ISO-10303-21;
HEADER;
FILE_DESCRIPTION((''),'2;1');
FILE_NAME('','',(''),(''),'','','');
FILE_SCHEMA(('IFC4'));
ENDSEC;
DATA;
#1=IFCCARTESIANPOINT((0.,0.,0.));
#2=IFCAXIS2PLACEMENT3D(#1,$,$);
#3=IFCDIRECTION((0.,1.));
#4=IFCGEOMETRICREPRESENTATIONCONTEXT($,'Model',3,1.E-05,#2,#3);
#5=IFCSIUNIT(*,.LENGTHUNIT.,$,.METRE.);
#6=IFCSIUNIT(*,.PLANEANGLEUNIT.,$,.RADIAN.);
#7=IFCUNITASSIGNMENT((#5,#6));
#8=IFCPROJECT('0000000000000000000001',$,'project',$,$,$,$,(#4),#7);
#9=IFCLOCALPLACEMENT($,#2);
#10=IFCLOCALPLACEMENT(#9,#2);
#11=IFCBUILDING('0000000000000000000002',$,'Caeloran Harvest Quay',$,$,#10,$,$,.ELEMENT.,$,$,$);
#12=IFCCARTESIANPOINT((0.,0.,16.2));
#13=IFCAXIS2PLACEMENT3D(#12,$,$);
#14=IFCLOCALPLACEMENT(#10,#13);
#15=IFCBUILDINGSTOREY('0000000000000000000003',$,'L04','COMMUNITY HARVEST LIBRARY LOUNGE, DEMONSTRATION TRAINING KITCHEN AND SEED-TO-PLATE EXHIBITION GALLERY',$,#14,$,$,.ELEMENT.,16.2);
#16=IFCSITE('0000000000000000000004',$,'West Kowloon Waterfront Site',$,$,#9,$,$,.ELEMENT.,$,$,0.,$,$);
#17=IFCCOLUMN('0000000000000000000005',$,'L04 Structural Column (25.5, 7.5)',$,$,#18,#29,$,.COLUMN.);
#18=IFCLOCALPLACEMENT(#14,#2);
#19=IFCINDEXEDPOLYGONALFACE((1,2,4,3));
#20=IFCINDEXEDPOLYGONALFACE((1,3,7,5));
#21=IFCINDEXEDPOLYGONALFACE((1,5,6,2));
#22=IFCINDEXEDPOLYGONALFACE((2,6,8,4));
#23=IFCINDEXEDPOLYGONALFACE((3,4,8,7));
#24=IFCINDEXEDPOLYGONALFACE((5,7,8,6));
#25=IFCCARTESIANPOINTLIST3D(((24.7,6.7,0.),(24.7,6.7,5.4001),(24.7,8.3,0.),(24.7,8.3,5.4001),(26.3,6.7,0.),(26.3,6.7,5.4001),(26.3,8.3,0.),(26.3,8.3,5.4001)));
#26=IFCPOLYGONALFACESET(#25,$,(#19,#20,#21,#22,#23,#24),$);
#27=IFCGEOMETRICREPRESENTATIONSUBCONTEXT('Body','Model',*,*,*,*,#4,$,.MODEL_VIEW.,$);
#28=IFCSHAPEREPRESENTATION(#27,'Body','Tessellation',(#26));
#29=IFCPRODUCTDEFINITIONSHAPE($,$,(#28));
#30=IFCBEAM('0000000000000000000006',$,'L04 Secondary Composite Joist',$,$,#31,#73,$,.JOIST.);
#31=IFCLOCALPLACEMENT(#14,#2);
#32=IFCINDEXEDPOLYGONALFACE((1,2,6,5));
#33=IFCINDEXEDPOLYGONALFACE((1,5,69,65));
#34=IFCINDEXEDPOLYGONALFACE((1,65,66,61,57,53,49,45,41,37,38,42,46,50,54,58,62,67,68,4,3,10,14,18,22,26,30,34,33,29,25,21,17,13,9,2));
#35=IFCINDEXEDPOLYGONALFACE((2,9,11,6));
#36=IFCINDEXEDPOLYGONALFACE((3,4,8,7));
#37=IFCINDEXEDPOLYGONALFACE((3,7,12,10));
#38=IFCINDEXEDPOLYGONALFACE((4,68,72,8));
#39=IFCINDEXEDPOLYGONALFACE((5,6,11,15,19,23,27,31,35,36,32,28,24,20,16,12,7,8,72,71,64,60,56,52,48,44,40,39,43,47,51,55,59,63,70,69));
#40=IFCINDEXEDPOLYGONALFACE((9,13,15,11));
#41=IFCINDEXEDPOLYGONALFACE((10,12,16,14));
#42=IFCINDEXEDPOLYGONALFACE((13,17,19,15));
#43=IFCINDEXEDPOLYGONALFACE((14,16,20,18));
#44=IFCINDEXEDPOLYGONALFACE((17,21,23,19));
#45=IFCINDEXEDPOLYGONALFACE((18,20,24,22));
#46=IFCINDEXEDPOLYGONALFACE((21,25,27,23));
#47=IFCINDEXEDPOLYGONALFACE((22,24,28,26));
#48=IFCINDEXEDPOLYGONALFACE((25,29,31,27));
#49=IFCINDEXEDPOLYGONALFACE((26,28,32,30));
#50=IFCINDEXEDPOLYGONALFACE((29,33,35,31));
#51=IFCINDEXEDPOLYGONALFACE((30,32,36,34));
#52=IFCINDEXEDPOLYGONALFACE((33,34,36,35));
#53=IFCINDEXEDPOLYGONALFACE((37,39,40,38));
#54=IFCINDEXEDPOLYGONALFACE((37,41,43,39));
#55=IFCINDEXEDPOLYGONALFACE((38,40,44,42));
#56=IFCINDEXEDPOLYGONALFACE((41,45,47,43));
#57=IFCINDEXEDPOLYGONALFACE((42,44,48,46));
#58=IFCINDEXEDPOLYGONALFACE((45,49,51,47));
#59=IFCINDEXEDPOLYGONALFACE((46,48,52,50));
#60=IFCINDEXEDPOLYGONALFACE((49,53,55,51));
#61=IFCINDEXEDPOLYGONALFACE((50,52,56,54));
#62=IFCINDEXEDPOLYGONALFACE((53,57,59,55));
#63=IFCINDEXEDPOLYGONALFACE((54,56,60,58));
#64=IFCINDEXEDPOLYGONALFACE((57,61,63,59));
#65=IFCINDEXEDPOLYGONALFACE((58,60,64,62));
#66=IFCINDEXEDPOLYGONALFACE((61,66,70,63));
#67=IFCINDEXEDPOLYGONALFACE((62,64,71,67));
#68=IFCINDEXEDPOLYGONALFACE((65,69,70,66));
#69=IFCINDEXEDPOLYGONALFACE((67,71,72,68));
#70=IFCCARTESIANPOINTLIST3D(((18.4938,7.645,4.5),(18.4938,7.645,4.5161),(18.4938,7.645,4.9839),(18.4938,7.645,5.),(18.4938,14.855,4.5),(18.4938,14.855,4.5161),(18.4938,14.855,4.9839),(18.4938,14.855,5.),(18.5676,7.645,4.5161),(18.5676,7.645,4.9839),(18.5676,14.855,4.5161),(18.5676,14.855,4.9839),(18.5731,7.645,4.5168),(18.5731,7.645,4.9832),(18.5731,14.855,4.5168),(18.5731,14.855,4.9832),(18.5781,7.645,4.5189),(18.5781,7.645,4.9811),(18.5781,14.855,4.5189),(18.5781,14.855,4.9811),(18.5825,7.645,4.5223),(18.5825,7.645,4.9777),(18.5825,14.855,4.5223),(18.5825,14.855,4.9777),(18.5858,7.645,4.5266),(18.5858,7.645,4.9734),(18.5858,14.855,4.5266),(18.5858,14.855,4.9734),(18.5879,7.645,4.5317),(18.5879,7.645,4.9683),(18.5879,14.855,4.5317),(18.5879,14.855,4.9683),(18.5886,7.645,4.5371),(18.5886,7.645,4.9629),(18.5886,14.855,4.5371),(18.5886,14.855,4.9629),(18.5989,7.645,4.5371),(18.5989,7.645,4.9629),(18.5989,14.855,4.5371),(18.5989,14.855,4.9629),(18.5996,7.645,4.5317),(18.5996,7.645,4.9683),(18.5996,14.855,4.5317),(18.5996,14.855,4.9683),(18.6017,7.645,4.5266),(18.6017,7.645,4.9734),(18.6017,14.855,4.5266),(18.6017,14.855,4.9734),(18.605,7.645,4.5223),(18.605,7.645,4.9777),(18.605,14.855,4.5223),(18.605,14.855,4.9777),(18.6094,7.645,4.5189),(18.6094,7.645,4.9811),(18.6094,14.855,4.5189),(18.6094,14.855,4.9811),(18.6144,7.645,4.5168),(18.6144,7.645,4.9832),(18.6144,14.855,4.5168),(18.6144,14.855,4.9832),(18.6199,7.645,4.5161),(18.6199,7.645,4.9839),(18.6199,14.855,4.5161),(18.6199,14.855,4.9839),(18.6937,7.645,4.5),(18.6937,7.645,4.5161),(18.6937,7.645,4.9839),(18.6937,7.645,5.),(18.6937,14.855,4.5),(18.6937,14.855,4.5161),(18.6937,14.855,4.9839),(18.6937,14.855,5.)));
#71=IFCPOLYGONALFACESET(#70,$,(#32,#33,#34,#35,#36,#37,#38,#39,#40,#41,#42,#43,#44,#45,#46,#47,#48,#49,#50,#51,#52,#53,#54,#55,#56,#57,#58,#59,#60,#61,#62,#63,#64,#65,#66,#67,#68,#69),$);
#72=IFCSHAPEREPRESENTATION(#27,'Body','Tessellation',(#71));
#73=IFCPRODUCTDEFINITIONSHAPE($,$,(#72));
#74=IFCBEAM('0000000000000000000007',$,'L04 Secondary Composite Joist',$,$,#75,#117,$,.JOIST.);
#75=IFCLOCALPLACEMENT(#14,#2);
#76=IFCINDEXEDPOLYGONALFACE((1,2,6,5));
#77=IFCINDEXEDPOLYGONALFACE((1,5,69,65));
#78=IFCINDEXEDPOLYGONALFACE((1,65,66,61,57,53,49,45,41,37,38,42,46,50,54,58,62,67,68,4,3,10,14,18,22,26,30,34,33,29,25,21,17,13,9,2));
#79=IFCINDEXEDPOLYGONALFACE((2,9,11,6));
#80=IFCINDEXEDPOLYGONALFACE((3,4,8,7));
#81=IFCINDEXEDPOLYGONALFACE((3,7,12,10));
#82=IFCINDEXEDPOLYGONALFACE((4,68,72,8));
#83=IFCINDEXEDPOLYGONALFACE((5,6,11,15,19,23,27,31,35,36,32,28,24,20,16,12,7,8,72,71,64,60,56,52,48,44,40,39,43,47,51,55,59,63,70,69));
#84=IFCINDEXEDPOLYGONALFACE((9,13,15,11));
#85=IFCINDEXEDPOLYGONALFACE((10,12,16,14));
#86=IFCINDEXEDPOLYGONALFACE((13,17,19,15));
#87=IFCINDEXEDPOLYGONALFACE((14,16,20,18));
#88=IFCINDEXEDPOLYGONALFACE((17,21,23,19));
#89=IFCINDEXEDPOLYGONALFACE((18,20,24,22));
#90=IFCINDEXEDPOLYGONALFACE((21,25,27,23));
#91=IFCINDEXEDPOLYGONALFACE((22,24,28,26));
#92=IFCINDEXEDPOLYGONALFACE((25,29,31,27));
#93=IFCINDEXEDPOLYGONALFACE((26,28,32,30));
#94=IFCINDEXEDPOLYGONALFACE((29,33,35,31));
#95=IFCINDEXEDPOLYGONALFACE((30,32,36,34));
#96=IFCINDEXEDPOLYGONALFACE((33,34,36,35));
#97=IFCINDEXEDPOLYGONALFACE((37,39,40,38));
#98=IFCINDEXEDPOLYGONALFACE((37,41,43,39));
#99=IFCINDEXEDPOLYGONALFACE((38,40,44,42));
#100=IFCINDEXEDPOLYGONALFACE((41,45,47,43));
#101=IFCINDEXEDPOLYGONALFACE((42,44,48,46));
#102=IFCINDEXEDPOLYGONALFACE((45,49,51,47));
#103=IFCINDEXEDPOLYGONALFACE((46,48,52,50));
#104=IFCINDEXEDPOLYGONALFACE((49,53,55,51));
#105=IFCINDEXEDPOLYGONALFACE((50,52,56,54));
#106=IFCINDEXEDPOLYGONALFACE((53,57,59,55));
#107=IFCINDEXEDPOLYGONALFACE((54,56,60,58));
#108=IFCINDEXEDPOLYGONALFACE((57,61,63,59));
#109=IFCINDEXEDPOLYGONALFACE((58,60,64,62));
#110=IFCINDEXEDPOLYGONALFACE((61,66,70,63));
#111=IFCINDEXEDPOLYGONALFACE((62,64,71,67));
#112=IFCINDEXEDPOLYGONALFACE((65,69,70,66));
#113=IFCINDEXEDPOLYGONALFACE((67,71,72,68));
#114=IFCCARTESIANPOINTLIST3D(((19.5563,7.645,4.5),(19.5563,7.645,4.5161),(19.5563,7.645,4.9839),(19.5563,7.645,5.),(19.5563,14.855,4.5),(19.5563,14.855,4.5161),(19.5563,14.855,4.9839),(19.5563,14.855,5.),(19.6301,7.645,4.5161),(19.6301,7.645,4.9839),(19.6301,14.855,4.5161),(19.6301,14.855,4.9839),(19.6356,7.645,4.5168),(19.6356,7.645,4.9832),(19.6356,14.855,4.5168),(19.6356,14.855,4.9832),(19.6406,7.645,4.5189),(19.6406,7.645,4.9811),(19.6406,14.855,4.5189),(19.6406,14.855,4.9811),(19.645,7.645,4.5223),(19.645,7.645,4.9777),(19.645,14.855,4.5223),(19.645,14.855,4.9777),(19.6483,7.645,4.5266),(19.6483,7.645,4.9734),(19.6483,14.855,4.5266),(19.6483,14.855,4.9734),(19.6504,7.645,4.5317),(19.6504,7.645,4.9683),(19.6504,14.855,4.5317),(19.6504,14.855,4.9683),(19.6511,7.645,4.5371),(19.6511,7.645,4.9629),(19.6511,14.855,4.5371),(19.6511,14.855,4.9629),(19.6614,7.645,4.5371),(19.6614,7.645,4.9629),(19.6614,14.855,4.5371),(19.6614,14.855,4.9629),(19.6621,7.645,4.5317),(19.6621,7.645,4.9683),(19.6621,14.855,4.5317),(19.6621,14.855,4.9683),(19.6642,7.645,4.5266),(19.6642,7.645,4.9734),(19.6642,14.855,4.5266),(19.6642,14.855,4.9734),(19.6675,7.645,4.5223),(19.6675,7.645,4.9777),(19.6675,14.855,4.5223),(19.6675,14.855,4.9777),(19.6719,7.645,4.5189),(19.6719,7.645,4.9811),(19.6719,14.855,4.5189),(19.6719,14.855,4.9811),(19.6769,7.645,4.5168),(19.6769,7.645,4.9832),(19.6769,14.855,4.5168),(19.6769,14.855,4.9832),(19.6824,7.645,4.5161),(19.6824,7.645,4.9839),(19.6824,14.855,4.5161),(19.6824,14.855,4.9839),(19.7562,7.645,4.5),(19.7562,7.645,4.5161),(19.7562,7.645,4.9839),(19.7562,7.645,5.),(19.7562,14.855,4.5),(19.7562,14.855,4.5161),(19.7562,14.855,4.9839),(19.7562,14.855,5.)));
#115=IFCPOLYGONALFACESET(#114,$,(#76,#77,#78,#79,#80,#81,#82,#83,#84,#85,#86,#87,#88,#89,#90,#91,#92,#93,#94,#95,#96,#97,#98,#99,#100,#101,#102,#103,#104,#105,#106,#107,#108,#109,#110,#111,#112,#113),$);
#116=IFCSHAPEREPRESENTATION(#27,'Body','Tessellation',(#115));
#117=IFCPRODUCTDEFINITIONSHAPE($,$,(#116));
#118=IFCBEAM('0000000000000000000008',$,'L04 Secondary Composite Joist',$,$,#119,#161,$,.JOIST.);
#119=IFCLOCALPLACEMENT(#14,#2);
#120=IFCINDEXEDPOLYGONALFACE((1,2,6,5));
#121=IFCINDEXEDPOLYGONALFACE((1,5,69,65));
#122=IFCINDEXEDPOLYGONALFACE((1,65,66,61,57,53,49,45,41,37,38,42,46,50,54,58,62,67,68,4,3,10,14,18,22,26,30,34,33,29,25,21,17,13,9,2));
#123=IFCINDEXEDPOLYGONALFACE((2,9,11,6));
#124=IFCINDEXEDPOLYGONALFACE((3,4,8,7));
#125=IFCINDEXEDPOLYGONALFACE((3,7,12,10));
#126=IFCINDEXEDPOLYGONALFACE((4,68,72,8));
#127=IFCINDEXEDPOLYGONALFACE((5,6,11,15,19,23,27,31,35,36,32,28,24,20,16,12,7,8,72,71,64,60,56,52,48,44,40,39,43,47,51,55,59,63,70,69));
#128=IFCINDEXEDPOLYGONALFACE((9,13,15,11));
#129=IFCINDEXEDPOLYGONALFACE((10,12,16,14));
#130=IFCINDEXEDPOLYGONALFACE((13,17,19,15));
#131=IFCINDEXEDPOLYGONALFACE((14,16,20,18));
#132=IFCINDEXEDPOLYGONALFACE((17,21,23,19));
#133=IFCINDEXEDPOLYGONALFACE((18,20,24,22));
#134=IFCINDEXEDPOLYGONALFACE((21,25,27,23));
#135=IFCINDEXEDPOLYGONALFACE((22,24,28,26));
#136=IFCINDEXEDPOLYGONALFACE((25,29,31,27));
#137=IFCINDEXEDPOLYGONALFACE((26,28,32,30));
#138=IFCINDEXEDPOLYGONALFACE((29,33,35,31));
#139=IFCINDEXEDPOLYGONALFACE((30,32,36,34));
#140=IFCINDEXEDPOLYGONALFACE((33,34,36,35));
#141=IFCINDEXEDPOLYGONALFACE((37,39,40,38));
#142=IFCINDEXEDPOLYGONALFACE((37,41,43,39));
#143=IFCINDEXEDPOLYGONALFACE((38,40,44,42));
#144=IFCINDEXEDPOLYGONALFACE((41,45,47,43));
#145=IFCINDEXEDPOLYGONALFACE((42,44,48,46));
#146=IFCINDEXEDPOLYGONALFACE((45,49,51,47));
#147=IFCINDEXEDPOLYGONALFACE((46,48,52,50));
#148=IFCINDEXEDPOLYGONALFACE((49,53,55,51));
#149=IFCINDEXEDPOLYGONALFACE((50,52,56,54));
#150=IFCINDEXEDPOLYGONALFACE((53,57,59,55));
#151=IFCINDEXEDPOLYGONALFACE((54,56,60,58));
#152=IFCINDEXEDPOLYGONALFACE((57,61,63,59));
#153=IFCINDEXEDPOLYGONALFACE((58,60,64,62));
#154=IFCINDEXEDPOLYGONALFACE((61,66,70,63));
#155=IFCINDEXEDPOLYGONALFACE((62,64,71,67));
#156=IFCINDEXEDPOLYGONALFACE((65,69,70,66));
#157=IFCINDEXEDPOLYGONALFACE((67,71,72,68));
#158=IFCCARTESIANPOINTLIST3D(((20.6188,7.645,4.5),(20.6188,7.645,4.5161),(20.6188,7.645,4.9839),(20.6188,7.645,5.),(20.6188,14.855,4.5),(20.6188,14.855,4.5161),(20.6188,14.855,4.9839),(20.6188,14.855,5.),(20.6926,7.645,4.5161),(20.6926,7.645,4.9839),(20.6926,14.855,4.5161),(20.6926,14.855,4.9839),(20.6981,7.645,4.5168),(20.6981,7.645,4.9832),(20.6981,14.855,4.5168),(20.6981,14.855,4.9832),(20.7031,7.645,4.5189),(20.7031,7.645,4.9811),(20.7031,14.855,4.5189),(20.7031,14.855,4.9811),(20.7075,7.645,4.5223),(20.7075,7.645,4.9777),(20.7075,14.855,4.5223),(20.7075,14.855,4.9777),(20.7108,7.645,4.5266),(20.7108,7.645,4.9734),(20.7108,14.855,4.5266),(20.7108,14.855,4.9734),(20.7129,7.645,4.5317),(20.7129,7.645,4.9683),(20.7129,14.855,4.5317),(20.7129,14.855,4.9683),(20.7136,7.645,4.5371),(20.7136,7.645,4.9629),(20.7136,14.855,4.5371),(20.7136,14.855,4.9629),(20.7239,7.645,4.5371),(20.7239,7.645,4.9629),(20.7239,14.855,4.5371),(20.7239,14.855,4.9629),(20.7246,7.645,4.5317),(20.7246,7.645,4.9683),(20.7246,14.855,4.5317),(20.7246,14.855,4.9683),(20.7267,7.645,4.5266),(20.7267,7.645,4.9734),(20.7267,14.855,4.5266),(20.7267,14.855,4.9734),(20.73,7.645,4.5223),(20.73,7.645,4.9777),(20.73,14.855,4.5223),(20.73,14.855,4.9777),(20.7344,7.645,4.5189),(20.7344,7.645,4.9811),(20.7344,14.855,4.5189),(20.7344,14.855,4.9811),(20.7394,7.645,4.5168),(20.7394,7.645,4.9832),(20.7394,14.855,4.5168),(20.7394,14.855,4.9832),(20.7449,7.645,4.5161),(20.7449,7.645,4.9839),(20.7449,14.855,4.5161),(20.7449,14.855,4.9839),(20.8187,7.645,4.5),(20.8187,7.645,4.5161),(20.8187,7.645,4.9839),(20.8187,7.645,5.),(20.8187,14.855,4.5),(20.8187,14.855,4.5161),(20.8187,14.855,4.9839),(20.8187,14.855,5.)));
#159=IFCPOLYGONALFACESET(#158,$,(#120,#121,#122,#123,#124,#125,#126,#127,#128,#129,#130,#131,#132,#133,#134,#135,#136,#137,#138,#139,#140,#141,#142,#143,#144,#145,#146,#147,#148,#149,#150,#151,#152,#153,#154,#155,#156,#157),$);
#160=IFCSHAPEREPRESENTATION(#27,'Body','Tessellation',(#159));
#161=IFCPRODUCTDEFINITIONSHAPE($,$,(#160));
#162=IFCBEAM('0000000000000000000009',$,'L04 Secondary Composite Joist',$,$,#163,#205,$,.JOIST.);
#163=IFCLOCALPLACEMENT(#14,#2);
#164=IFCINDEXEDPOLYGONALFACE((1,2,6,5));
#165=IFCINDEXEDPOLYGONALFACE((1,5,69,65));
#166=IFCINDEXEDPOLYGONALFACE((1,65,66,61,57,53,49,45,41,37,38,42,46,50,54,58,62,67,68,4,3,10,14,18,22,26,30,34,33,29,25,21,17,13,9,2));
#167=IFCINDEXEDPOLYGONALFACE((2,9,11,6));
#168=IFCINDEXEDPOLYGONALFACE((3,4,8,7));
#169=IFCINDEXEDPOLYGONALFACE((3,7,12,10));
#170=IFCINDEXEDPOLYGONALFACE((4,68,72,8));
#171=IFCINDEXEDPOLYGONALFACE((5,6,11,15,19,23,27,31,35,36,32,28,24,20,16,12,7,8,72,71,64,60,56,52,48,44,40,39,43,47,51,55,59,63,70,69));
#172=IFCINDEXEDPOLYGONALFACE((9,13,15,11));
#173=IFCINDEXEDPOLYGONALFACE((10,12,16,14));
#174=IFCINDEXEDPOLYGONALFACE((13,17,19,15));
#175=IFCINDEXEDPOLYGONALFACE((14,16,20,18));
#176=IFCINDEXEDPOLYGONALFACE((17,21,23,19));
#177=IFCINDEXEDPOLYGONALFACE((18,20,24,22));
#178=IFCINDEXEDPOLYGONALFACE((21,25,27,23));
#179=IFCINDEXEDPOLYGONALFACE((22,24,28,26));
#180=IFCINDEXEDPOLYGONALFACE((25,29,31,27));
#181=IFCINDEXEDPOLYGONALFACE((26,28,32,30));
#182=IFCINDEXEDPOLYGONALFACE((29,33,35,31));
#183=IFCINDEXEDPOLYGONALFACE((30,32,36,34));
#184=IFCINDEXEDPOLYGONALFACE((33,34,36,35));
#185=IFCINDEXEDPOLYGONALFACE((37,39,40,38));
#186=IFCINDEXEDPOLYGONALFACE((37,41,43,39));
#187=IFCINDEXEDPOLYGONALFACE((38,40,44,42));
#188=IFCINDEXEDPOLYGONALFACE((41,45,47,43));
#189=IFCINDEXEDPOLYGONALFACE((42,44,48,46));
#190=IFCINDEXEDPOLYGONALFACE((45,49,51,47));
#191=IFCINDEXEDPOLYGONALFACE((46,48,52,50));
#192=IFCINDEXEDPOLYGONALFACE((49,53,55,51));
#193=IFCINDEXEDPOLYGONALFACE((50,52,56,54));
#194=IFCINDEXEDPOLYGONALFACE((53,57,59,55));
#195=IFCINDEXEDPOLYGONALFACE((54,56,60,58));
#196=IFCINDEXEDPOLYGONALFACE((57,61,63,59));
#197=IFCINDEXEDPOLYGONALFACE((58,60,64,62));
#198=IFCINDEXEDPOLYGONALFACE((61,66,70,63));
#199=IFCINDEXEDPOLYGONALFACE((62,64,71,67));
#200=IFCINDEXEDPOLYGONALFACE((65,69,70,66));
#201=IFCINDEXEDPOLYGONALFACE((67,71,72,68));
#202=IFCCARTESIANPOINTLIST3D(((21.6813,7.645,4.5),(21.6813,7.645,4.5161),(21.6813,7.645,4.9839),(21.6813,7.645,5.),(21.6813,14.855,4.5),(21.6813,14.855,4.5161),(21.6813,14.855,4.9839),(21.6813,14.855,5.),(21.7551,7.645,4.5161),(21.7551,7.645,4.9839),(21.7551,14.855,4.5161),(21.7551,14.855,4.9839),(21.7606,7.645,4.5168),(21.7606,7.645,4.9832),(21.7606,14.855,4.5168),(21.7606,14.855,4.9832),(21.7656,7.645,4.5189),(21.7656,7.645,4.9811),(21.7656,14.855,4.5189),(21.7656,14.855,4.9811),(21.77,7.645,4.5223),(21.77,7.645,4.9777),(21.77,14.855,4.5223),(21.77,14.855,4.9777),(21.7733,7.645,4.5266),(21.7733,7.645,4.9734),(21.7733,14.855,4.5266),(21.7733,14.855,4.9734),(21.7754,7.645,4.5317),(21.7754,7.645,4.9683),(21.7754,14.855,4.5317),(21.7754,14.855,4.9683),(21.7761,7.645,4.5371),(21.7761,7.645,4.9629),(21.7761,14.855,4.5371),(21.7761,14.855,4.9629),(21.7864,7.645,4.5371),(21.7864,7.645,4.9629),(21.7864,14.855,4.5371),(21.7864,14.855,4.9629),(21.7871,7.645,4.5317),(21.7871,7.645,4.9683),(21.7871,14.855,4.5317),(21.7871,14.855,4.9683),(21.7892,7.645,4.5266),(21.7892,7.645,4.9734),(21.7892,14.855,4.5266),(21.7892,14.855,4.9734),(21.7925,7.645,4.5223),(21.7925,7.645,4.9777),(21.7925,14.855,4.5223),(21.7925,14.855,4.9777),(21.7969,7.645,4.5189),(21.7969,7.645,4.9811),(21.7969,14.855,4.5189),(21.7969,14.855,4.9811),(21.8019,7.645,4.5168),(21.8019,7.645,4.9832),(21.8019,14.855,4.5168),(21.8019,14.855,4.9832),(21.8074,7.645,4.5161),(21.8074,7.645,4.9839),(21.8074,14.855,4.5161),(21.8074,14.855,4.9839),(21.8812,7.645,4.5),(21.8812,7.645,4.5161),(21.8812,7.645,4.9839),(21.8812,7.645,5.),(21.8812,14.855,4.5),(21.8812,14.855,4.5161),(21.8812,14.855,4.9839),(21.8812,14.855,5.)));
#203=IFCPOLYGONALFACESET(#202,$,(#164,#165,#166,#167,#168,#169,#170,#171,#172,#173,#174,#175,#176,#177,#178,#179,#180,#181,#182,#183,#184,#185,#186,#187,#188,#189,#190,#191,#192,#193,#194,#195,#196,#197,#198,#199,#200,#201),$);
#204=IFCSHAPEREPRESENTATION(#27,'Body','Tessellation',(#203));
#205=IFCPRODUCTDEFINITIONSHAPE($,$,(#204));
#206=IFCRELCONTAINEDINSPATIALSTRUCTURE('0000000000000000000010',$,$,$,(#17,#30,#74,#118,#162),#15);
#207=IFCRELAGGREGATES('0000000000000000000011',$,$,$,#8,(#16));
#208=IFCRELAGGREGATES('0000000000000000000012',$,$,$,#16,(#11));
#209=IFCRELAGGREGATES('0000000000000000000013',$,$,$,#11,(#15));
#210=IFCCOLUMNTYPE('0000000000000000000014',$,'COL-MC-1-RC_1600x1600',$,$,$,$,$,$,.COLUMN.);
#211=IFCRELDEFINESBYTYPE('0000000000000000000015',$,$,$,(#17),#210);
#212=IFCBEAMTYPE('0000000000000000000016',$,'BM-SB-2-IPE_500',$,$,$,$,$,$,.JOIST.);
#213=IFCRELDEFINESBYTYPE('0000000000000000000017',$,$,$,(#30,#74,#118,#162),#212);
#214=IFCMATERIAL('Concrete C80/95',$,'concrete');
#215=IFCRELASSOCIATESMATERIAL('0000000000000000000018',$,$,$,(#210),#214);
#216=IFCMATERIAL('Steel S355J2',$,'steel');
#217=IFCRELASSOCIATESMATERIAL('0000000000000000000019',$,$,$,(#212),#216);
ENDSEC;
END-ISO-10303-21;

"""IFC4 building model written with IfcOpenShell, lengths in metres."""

from ifc_helpers import new_model, si_unit, direction, frame, origin, origin_2d, place, context, subcontext, project, spatial, rectangle, i_section, extrude, material, material_profile, profile_set, type_object, element, save


model = new_model("IFC4")

# Units and contexts
model_context = context("Model", 3, precision=1e-05, world=origin(), true_north=direction((0.0, 1.0)))
body_context = subcontext(model_context, "Body", "Model", "MODEL_VIEW")
ifc_project = project(units=[si_unit("LENGTHUNIT", "METRE"), si_unit("PLANEANGLEUNIT", "RADIAN")], contexts=[model_context])

# Site, building, storey
site_placement = place(None, origin())
site = spatial("IfcSite", under=ifc_project, at=site_placement, Name="West Kowloon Waterfront Site", CompositionType="ELEMENT", RefElevation=0.0)
building_placement = place(site_placement, origin())
building = spatial("IfcBuilding", under=site, at=building_placement, Name="Caeloran Harvest Quay", CompositionType="ELEMENT")
storey_placement = place(building_placement, frame((0.0, 0.0, 16.2)))
storey = spatial("IfcBuildingStorey", under=building, at=storey_placement, Name="L04", Description="COMMUNITY HARVEST LIBRARY LOUNGE, DEMONSTRATION TRAINING KITCHEN AND SEED-TO-PLATE EXHIBITION GALLERY", CompositionType="ELEMENT", Elevation=16.2)

# Column
ifc_material_1 = material(Name="Concrete C80/95", Category="concrete")
ifc_material_profile_1 = material_profile(ifc_material_1, rectangle(XDim=1.6001, YDim=1.6001, at=origin_2d()), Name="RC 1600x1600")
ifc_profile_set_1 = profile_set([ifc_material_profile_1], Name="Concrete C80/95")
column_type = type_object("IfcColumnType", Name="COL-MC-1-RC_1600x1600", PredefinedType="COLUMN", material=ifc_profile_set_1)
column_placement = place(storey_placement, frame((25.5, 7.5, 0.0), z_axis=(0.0, 0.0, 1.0), x_axis=(1.0, 0.0, 0.0)))
element("IfcColumn", 1, at=column_placement, inside=storey, type_object=column_type, Name="L04 Structural Column (25.5, 7.5)", PredefinedType="COLUMN", context=body_context, shape_type="SweptSolid", body=[
    extrude(rectangle(XDim=1.6001, YDim=1.6001, at=origin_2d()), origin(), (0.0, 0.0, 1.0), 5.4001),
])

# Beams
ifc_material_2 = material(Name="Steel S355J2", Category="steel")
ifc_material_profile_2 = material_profile(ifc_material_2, i_section(OverallWidth=0.2, OverallDepth=0.5, WebThickness=0.0103, FlangeThickness=0.0161, FilletRadius=0.021, at=origin_2d()), Name="IPE 500")
ifc_profile_set_2 = profile_set([ifc_material_profile_2], Name="Steel S355J2")
beam_type_1 = type_object("IfcBeamType", Name="BM-SB-2-IPE_500", PredefinedType="JOIST", material=ifc_profile_set_2)
for number, where, z_axis, x_axis, name in (
    (2, (18.5938, 7.645, 4.75), (0.0, 1.0, 0.0), (-1.0, 0.0, 0.0), "L04 Secondary Composite Joist"),
    (3, (19.6562, 7.645, 4.75), (0.0, 1.0, 0.0), (-1.0, 0.0, 0.0), "L04 Secondary Composite Joist"),
    (4, (20.7188, 7.645, 4.75), (0.0, 1.0, 0.0), (-1.0, 0.0, 0.0), "L04 Secondary Composite Joist"),
    (5, (21.7812, 7.645, 4.75), (0.0, 1.0, 0.0), (-1.0, 0.0, 0.0), "L04 Secondary Composite Joist"),
):
    element("IfcBeam", number, at=place(storey_placement, frame(where, z_axis=z_axis, x_axis=x_axis)), inside=storey, type_object=beam_type_1, Name=name, PredefinedType="JOIST", context=body_context, shape_type="SweptSolid", body=[
        extrude(i_section(OverallWidth=0.2, OverallDepth=0.5, WebThickness=0.0103, FlangeThickness=0.0161, FilletRadius=0.021, at=origin_2d()), origin(), (0.0, 0.0, 1.0), 7.21),
    ])

save(model, "model.ifc")
